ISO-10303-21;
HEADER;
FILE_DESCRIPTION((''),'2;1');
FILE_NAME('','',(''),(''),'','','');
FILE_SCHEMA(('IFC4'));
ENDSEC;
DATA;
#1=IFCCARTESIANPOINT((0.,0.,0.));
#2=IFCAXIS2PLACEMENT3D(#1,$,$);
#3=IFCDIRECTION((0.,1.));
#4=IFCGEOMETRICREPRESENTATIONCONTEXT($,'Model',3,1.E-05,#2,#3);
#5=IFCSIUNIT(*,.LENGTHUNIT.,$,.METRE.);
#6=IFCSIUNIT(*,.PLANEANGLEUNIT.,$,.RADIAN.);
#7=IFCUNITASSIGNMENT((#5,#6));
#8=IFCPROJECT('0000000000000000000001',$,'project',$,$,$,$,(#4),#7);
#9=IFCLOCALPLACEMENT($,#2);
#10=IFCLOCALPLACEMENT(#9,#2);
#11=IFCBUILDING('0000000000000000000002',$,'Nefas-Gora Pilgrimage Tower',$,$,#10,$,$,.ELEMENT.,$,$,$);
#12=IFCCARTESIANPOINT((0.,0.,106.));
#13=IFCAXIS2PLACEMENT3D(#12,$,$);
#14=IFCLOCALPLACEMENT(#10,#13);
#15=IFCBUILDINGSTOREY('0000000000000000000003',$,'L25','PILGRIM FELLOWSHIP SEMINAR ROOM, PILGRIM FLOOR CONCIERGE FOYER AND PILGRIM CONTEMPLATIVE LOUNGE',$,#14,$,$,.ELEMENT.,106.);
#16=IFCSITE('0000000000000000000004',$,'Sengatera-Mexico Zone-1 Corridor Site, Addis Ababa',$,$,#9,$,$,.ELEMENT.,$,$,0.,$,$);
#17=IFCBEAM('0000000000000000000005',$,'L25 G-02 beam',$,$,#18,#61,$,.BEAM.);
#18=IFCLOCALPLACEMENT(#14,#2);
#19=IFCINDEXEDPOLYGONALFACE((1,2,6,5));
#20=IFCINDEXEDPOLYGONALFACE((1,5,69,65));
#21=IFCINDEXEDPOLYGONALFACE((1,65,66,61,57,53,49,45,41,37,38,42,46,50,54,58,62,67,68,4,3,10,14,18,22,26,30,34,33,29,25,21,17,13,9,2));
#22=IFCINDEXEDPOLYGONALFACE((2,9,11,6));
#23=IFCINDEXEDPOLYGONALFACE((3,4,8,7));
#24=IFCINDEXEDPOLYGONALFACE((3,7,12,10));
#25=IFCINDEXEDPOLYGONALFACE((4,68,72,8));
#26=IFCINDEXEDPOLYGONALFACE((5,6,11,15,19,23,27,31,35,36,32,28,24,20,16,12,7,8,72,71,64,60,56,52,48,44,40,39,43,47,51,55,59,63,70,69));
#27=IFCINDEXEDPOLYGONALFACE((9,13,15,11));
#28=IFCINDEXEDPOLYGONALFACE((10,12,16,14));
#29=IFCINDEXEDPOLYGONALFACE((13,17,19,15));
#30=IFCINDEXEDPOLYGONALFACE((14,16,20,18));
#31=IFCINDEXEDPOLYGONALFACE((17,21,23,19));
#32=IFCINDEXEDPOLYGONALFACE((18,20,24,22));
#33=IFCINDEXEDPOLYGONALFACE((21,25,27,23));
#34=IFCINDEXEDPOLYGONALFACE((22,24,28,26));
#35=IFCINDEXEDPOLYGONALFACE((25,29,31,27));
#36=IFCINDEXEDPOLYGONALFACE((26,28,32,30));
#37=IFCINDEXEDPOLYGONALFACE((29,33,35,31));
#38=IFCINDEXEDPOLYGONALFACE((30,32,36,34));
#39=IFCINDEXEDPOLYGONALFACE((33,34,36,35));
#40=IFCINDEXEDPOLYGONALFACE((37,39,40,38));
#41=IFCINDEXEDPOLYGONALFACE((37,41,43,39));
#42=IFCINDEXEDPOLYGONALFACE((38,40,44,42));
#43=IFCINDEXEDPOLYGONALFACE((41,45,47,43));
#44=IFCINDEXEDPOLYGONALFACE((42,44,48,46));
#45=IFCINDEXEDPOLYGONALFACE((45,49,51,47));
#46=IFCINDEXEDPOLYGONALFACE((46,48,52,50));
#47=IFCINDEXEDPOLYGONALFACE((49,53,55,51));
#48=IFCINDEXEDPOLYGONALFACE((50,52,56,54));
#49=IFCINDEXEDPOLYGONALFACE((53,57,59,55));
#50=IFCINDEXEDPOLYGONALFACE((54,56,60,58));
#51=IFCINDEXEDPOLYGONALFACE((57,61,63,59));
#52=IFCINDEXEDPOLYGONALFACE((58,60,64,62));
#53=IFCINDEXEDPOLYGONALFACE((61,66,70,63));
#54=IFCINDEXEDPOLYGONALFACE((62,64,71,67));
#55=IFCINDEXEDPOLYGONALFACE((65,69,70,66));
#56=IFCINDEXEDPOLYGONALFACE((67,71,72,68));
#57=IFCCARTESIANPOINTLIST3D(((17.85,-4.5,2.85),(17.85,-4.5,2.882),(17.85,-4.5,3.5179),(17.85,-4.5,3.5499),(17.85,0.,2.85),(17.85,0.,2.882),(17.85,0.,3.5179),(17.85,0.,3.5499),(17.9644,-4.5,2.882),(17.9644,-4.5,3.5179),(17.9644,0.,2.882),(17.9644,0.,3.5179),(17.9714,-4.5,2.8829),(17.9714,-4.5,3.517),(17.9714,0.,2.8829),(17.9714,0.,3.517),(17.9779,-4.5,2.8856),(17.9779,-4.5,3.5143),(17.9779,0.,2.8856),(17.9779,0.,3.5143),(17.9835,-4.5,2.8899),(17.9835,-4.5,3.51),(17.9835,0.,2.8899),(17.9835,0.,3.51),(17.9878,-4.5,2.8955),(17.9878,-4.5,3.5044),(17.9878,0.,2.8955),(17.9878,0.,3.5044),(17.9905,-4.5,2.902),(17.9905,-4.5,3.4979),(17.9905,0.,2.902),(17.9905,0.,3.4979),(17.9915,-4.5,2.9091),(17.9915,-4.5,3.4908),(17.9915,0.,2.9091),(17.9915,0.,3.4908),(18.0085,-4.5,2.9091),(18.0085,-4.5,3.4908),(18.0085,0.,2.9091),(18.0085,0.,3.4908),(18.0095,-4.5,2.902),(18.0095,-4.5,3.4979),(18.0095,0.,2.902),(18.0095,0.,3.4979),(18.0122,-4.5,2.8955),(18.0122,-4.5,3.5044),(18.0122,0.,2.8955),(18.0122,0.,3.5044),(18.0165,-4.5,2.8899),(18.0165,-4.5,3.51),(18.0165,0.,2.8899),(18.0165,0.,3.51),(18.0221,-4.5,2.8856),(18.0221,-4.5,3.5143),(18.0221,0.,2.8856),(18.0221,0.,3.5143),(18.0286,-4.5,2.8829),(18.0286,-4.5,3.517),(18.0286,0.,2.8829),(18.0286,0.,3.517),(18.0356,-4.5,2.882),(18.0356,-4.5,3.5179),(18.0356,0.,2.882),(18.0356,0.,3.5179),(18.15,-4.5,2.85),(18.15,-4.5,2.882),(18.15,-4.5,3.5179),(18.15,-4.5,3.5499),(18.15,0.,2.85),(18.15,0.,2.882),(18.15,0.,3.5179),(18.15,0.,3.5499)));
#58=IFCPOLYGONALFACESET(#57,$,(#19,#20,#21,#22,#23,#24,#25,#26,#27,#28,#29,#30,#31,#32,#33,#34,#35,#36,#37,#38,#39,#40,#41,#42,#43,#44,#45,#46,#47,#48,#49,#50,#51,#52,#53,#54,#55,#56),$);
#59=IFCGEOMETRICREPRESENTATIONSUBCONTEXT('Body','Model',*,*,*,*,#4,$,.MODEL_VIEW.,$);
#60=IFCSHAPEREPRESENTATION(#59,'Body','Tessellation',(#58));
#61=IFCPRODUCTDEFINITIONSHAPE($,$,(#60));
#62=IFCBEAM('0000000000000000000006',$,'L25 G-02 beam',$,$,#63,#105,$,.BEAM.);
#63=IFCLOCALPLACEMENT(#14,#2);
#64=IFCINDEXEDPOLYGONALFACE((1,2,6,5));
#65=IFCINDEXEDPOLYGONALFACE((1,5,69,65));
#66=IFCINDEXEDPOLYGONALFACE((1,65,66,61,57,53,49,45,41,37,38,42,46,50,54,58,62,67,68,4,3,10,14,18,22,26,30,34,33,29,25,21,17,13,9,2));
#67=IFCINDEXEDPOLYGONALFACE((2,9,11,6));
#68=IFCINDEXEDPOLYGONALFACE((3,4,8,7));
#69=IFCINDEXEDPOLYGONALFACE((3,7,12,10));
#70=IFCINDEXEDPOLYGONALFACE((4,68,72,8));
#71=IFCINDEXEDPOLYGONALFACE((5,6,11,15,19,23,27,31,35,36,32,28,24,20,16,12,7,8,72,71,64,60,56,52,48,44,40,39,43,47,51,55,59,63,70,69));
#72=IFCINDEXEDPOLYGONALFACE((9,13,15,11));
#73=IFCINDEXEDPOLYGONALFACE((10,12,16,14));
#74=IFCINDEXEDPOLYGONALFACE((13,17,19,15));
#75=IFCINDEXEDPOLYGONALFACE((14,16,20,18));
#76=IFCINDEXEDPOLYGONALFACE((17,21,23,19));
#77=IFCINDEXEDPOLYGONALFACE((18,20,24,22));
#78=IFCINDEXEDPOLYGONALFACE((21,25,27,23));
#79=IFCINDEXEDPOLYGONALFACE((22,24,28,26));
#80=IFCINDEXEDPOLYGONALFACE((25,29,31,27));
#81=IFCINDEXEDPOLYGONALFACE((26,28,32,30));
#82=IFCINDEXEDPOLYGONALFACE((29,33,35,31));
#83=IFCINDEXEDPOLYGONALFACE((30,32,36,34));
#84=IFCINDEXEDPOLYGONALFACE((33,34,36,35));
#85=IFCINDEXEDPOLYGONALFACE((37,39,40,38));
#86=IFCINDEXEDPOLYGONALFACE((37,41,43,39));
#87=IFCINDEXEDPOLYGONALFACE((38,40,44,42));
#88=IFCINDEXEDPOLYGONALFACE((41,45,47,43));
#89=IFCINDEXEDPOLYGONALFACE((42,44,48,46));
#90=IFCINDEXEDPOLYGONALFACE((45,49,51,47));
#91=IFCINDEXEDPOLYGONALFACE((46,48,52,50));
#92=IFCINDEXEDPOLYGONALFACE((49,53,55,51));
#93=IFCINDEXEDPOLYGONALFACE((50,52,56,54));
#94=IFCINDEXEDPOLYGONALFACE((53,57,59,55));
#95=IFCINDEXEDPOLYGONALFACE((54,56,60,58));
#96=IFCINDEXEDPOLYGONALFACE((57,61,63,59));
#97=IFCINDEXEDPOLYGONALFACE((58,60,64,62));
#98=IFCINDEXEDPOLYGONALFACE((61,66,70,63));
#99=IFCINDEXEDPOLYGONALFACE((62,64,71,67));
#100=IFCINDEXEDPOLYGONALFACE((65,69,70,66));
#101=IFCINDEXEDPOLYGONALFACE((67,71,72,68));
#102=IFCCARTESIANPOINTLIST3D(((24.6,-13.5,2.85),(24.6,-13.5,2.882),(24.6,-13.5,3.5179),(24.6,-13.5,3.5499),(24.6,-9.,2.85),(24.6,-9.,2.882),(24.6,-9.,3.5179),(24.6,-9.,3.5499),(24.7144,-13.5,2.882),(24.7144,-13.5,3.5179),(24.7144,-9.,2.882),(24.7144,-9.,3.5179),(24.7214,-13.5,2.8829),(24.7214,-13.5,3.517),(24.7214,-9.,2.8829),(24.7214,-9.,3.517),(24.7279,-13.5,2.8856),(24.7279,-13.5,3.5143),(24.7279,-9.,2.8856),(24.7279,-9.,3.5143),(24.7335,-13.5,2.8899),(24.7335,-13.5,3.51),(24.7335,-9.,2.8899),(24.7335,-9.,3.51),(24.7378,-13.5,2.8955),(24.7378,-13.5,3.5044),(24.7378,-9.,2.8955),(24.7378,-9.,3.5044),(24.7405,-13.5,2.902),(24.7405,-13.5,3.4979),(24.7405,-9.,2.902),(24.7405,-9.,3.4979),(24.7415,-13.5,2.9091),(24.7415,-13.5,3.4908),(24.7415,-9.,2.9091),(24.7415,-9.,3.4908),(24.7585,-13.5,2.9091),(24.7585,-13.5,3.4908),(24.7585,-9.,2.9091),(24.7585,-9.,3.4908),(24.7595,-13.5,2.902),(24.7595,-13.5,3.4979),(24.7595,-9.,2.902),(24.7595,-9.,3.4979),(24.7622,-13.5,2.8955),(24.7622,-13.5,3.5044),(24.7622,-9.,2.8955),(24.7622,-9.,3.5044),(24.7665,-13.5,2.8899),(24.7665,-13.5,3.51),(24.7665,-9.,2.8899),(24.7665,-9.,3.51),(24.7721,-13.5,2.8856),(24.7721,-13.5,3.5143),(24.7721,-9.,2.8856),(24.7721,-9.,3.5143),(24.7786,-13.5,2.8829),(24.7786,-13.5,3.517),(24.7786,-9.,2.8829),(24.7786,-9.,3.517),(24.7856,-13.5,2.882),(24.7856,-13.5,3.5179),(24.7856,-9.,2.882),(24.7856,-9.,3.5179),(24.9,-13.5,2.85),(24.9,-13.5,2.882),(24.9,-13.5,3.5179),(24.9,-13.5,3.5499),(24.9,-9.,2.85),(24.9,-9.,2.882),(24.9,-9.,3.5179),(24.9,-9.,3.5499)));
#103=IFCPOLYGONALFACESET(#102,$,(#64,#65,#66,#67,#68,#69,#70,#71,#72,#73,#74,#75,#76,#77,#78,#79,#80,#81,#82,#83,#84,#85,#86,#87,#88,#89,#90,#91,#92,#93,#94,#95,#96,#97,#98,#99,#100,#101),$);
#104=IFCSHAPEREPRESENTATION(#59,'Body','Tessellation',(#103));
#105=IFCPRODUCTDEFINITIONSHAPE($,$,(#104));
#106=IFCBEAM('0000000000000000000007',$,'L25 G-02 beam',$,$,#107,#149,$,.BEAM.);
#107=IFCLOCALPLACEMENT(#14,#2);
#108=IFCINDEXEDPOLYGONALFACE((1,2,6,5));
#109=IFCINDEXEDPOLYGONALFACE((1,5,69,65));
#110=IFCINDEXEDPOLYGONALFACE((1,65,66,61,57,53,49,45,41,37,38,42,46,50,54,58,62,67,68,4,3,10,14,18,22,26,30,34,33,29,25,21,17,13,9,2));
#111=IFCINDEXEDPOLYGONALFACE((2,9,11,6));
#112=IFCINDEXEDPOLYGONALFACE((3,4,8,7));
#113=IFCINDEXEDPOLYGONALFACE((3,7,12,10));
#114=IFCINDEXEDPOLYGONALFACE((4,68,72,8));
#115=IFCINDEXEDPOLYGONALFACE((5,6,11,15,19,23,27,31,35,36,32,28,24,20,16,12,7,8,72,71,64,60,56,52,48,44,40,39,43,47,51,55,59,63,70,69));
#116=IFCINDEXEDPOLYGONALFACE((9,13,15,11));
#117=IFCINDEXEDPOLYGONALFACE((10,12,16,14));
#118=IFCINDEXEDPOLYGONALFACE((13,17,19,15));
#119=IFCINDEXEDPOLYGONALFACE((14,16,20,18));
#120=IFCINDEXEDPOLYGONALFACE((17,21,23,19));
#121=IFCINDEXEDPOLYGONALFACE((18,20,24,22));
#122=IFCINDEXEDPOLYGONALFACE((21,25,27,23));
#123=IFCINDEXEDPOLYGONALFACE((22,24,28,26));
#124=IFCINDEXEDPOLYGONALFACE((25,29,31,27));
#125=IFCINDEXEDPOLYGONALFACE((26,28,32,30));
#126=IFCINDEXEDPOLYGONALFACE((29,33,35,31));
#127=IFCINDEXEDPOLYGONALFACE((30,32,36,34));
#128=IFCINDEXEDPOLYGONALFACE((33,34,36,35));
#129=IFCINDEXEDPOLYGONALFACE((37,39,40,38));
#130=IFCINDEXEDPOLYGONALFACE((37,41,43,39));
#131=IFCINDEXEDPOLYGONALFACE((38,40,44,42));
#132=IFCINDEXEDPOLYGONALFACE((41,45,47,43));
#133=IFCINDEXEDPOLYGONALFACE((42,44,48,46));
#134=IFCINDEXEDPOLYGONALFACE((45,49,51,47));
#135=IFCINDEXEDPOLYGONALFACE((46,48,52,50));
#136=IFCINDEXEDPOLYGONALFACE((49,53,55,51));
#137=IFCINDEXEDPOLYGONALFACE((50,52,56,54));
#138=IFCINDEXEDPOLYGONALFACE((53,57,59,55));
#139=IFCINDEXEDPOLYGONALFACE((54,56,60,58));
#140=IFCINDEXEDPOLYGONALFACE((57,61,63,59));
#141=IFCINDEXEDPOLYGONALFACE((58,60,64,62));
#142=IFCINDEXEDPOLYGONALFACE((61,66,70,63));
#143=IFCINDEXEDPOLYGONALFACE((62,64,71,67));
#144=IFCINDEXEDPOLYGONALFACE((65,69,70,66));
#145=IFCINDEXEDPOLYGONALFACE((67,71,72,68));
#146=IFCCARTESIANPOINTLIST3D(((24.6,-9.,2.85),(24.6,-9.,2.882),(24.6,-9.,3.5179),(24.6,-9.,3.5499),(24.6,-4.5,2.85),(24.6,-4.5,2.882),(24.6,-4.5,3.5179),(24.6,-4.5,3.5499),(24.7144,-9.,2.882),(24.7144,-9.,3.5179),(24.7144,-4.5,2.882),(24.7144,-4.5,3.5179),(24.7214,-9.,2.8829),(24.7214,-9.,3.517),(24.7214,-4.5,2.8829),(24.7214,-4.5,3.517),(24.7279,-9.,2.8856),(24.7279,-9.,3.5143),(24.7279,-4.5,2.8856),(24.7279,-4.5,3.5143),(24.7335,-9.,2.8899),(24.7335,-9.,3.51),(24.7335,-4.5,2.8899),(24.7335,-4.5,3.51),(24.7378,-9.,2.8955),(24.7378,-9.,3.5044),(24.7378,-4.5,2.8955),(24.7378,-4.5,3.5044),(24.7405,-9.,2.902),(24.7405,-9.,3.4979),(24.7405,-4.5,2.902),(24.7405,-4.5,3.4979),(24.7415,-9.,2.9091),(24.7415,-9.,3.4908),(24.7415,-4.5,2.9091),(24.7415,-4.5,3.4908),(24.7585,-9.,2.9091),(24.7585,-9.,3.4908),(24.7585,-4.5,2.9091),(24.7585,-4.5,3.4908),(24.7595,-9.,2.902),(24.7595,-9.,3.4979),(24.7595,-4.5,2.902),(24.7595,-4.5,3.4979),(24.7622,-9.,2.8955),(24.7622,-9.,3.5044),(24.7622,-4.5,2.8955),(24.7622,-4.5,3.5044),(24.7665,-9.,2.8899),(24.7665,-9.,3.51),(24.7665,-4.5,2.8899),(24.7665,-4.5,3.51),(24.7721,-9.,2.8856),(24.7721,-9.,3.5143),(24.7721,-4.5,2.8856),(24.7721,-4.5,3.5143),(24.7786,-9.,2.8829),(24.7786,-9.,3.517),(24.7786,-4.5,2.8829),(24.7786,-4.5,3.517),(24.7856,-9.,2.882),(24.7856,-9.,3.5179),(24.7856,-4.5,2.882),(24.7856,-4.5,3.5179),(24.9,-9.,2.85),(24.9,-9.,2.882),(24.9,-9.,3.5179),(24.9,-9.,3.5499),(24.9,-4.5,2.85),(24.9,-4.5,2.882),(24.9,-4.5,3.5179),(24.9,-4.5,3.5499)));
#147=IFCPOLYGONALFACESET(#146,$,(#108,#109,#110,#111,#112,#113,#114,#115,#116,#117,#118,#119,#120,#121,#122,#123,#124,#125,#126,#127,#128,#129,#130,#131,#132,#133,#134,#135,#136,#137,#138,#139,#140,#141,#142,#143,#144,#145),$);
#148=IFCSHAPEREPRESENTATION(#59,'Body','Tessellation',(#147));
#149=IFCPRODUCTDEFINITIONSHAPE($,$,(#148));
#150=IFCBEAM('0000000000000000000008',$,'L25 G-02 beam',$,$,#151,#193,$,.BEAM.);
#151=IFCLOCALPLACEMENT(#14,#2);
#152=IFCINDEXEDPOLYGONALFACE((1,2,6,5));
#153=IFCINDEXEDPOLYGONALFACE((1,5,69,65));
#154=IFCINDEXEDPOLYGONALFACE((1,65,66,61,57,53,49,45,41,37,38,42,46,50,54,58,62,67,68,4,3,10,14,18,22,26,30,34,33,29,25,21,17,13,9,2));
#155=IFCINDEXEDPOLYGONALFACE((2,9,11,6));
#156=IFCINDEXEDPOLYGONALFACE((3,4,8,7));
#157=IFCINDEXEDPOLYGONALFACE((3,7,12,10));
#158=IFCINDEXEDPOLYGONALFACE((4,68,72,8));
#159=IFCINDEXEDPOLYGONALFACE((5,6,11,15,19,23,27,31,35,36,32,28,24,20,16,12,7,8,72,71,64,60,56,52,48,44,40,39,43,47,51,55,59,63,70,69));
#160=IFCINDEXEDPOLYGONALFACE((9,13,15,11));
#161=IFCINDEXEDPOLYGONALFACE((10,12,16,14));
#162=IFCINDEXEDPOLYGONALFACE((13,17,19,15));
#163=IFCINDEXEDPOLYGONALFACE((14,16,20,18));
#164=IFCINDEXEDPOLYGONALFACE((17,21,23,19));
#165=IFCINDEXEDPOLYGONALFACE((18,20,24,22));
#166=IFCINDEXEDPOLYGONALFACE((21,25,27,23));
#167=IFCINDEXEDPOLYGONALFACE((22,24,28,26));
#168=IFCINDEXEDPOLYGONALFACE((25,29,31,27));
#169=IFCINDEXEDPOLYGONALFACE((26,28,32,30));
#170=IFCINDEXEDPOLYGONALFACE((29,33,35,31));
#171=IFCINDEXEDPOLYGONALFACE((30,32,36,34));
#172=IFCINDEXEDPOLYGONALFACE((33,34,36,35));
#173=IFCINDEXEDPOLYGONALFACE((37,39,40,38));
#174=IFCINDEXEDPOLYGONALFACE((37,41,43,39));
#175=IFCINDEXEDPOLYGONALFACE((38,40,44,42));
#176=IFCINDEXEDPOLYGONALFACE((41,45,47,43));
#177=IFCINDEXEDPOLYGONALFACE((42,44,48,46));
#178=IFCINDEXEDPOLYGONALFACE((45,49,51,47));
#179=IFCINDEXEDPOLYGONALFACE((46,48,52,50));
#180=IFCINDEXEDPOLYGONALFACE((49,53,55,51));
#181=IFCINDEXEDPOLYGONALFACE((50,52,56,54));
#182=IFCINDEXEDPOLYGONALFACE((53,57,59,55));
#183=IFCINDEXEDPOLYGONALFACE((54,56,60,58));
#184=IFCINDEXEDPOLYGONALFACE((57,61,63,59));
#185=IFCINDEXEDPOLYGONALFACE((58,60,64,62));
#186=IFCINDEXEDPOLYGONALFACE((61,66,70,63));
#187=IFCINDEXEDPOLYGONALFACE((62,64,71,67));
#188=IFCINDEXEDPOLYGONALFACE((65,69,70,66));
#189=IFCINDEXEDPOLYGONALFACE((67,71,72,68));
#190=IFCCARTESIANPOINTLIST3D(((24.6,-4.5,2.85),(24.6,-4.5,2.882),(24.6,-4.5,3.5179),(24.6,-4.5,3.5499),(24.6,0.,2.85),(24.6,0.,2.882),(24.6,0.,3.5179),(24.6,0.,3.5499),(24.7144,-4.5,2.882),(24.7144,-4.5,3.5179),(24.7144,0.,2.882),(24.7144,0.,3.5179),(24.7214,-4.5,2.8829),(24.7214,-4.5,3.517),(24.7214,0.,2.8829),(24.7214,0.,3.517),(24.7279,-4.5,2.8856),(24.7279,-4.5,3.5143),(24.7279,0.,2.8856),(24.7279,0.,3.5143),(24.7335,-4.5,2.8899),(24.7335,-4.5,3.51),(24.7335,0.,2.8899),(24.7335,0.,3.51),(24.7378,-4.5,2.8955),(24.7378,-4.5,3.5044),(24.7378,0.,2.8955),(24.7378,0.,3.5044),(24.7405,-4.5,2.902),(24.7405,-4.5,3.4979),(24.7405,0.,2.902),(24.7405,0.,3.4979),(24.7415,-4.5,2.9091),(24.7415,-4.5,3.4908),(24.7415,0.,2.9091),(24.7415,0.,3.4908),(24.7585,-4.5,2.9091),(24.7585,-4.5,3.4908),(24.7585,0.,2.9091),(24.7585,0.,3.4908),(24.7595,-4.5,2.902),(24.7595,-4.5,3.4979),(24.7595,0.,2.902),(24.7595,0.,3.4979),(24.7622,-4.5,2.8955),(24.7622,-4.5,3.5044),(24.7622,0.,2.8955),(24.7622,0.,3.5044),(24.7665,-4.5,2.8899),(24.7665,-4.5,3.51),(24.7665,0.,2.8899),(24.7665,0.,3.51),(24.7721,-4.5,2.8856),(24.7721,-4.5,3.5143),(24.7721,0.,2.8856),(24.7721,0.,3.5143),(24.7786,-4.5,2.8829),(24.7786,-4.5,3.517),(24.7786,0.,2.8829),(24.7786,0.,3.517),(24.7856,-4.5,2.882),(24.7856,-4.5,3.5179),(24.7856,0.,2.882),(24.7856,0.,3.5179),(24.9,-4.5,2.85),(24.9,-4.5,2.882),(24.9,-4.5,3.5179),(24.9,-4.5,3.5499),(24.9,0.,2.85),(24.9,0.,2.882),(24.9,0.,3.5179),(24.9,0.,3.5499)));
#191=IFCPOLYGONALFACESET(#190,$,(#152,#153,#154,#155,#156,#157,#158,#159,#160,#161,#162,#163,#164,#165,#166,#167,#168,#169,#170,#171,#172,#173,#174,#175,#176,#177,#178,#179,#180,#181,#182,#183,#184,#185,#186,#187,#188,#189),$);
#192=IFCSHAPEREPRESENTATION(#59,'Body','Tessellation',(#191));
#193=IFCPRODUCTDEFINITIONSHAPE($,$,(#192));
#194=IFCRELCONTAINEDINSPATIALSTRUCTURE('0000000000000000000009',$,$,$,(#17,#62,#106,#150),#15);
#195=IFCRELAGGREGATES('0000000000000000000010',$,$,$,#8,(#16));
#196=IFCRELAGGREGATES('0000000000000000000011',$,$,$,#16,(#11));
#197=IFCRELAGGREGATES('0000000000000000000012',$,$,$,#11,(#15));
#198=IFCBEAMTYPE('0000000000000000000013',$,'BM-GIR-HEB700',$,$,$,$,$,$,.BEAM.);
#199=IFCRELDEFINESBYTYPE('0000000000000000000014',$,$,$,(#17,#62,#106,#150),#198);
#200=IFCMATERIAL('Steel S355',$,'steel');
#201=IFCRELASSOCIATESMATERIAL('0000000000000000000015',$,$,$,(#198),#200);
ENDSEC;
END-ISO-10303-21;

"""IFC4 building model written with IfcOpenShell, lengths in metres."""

from ifc_helpers import new_model, si_unit, direction, frame, origin, origin_2d, place, context, subcontext, project, spatial, i_section, extrude, source, transform, mapped, material, material_profile, profile_set, type_object, element, save


model = new_model("IFC4")

# Units and contexts
model_context = context("Model", 3, precision=1e-05, world=origin(), true_north=direction((0.0, 1.0)))
body_context = subcontext(model_context, "Body", "Model", "MODEL_VIEW")
ifc_project = project(units=[si_unit("LENGTHUNIT", "METRE"), si_unit("PLANEANGLEUNIT", "RADIAN")], contexts=[model_context])

# Site, building, storey
site_placement = place(None, origin())
site = spatial("IfcSite", under=ifc_project, at=site_placement, Name="Sengatera-Mexico Zone-1 Corridor Site, Addis Ababa", CompositionType="ELEMENT", RefElevation=0.0)
building_placement = place(site_placement, origin())
building = spatial("IfcBuilding", under=site, at=building_placement, Name="Nefas-Gora Pilgrimage Tower", CompositionType="ELEMENT")
storey_placement = place(building_placement, frame((0.0, 0.0, 106.0)))
storey = spatial("IfcBuildingStorey", under=building, at=storey_placement, Name="L25", Description="PILGRIM FELLOWSHIP SEMINAR ROOM, PILGRIM FLOOR CONCIERGE FOYER AND PILGRIM CONTEMPLATIVE LOUNGE", CompositionType="ELEMENT", Elevation=106.0)

# Beams
ifc_material_1 = material(Name="Steel S355", Category="steel")
ifc_material_profile_1 = material_profile(ifc_material_1, i_section(OverallWidth=0.3, OverallDepth=0.7, WebThickness=0.0171, FlangeThickness=0.032, FilletRadius=0.0271, at=origin_2d()), Name="HEB 700")
ifc_profile_set_1 = profile_set([ifc_material_profile_1], Name="Steel S355")
beam_type_1 = type_object("IfcBeamType", Name="BM-GIR-HEB700", PredefinedType="BEAM", material=ifc_profile_set_1)
shared_shape_1 = source(origin(), body_context, "Body", "SweptSolid", [
    extrude(i_section(OverallWidth=0.3, OverallDepth=0.7, WebThickness=0.0171, FlangeThickness=0.032, FilletRadius=0.0271, at=origin_2d()), origin(), (0.0, 0.0, 1.0), 4.5),
])
for number, where, z_axis, x_axis, name in (
    (1, (18.0, -4.5, 3.2), (0.0, 1.0, 0.0), (-1.0, 0.0, 0.0), "L25 G-02 beam"),
    (2, (24.75, -13.5, 3.2), (0.0, 1.0, 0.0), (-1.0, 0.0, 0.0), "L25 G-02 beam"),
    (3, (24.75, -9.0, 3.2), (0.0, 1.0, 0.0), (-1.0, 0.0, 0.0), "L25 G-02 beam"),
    (4, (24.75, -4.5, 3.2), (0.0, 1.0, 0.0), (-1.0, 0.0, 0.0), "L25 G-02 beam"),
):
    element("IfcBeam", number, at=place(storey_placement, frame(where, z_axis=z_axis, x_axis=x_axis)), inside=storey, type_object=beam_type_1, Name=name, PredefinedType="BEAM", context=body_context, shape_type="MappedRepresentation", body=[
        mapped(shared_shape_1, transform((0.0, 0.0, 0.0), x_axis=(1.0, 0.0, 0.0), y_axis=(0.0, 1.0, 0.0), z_axis=(0.0, 0.0, 1.0), scale=1.0)),
    ])

save(model, "model.ifc")
